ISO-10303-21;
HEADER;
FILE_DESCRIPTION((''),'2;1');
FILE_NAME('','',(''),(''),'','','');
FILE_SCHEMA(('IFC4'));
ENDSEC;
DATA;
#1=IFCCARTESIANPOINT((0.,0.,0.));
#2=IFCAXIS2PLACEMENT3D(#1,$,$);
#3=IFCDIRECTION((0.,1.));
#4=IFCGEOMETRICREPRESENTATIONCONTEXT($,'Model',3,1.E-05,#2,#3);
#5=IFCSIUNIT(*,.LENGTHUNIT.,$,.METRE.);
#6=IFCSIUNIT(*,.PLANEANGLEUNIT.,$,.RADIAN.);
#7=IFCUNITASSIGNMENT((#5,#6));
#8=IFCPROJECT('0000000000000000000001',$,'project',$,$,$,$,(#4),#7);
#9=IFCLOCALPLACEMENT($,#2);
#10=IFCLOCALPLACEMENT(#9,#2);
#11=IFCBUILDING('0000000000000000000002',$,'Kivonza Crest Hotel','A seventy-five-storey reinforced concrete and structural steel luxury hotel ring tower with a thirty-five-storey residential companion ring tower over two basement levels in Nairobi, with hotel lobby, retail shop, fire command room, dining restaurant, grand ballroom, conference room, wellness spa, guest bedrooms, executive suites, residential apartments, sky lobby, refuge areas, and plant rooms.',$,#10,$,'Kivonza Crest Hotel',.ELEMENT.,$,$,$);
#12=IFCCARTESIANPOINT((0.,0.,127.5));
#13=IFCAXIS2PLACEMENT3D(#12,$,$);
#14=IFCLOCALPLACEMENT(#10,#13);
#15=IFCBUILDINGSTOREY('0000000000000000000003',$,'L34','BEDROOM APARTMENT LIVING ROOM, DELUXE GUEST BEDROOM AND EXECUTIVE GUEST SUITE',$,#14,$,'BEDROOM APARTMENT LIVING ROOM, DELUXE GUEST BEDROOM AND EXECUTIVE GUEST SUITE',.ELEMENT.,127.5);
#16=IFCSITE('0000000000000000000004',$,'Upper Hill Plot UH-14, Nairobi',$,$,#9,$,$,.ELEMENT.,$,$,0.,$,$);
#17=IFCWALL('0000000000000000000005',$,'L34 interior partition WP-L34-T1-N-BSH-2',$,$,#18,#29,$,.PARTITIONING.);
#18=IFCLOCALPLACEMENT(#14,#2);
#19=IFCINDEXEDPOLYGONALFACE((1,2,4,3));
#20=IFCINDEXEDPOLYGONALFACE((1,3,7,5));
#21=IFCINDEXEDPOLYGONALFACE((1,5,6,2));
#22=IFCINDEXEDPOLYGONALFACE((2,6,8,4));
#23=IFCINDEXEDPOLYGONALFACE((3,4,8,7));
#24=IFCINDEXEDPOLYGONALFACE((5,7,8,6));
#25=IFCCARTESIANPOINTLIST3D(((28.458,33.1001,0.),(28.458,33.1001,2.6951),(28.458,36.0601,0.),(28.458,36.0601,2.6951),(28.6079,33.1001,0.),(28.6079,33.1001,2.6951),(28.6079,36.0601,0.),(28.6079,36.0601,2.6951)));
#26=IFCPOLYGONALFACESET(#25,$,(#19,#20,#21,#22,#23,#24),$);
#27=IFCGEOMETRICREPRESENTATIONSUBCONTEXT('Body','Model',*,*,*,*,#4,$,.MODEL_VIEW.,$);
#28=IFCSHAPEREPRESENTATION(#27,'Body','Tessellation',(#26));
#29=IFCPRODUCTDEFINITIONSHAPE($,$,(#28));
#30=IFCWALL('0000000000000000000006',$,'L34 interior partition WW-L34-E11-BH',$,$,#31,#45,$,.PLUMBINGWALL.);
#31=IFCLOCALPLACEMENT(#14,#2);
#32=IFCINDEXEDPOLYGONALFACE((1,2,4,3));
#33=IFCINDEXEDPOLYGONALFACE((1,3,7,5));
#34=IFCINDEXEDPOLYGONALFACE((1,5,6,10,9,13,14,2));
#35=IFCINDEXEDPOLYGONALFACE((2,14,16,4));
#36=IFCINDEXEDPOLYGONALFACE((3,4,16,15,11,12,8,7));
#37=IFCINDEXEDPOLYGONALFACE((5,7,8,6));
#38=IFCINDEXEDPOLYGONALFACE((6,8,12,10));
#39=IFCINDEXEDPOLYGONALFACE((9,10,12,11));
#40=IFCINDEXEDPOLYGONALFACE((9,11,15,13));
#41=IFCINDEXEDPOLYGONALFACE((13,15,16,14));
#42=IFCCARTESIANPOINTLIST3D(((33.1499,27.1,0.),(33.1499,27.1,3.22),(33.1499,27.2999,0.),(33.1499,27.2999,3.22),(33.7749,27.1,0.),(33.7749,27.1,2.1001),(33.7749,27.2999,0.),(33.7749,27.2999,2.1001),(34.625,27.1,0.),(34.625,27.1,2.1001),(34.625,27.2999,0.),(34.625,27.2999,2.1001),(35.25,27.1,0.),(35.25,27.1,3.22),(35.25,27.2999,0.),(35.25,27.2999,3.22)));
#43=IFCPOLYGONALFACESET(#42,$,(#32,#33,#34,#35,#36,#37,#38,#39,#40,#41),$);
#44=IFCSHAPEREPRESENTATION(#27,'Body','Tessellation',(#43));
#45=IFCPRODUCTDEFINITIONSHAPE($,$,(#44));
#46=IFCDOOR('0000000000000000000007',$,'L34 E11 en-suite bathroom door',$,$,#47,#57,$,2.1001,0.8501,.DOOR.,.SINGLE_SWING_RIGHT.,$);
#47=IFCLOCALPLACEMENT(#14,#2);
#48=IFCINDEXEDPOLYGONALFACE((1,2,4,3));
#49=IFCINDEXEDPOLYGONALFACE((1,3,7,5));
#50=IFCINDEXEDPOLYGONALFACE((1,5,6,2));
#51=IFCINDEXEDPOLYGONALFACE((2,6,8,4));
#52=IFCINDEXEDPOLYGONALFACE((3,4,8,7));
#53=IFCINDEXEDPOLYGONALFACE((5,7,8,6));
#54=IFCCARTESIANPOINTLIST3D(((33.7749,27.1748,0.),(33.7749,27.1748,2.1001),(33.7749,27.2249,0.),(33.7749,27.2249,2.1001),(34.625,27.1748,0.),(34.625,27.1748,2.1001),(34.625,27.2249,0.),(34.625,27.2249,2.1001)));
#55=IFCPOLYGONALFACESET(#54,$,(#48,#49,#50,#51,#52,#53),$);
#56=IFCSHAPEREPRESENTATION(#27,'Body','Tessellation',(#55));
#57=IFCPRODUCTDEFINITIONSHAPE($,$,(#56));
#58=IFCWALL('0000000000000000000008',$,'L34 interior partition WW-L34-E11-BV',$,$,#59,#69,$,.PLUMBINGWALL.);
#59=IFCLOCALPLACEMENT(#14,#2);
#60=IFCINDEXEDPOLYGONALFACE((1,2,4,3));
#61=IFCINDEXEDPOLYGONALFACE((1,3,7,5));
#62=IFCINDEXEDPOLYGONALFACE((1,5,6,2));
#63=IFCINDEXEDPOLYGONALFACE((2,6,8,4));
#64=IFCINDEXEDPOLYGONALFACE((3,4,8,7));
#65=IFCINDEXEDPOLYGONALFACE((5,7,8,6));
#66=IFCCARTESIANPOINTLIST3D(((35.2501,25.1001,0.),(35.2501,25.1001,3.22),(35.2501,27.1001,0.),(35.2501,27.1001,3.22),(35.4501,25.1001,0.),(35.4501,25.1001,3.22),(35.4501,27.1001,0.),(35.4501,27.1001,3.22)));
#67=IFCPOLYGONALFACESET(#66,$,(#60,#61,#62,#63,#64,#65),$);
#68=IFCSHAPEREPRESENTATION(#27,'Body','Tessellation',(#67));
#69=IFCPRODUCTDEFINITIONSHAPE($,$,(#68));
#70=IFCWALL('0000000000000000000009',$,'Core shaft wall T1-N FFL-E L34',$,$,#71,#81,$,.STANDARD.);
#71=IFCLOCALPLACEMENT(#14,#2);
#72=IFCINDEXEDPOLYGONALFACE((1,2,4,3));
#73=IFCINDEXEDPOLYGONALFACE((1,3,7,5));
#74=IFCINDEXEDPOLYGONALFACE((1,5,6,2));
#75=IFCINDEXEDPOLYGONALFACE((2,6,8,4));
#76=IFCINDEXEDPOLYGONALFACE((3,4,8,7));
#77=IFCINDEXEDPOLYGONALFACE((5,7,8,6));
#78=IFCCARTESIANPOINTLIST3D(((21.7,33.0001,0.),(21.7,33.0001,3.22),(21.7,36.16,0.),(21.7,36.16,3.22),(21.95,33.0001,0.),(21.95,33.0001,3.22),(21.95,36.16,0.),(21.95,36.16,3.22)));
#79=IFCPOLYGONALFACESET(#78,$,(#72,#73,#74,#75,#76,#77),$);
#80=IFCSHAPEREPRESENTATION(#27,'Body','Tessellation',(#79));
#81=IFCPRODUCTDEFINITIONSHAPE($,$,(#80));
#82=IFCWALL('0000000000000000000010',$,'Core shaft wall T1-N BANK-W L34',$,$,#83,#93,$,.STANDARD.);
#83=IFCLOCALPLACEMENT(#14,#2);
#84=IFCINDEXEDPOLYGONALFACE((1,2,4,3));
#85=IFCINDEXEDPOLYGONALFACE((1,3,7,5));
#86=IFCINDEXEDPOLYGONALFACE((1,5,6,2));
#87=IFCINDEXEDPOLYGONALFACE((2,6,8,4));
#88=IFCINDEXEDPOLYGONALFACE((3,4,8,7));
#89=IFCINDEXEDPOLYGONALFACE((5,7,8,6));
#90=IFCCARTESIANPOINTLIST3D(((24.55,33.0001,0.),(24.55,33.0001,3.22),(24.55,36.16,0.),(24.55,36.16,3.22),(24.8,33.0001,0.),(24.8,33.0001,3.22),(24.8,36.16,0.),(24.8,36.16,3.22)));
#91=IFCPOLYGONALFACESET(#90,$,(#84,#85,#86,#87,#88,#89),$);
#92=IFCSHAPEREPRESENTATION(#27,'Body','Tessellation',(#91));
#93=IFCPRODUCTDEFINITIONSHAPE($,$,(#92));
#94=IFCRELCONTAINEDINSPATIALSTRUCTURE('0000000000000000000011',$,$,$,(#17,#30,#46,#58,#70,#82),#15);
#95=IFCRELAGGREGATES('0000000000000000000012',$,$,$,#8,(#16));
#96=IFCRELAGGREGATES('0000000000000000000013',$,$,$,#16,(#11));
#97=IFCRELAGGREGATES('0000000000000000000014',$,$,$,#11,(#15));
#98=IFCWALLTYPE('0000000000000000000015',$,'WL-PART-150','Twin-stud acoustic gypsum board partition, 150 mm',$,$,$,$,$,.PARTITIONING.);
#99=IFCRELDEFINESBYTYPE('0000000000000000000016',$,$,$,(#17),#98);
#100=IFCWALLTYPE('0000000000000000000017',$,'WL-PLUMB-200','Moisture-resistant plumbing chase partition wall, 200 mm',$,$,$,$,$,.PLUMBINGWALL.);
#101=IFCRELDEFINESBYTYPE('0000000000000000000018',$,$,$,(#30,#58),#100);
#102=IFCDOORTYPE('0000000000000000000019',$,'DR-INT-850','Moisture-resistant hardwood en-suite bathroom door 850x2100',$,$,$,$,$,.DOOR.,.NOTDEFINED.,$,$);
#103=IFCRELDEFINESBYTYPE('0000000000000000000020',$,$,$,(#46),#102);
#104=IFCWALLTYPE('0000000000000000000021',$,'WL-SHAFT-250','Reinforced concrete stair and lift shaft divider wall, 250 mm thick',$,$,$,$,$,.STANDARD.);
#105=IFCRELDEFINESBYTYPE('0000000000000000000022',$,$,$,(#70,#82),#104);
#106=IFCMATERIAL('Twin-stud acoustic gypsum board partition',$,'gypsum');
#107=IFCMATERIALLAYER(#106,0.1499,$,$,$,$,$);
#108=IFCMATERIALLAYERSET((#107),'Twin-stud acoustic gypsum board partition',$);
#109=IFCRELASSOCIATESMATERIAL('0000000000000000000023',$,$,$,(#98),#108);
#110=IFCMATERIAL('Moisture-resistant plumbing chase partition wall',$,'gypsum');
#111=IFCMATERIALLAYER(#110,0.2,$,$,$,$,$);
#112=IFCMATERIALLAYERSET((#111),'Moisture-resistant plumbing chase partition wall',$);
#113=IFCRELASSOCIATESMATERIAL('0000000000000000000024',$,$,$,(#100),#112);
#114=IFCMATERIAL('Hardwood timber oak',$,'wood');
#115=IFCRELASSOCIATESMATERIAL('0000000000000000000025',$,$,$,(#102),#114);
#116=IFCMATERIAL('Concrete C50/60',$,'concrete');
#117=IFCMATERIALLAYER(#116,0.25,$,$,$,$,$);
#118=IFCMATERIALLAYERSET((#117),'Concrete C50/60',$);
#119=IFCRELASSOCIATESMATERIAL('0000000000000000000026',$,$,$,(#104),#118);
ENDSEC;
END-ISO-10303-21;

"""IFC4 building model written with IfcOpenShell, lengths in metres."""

from ifc_helpers import new_model, si_unit, direction, frame, frame_2d, origin, place, context, subcontext, project, spatial, rectangle, extrude, material, layer, layer_set, type_object, element, fill, save


model = new_model("IFC4")

# Units and contexts
model_context = context("Model", 3, precision=1e-05, world=origin(), true_north=direction((0.0, 1.0)))
body_context = subcontext(model_context, "Body", "Model", "MODEL_VIEW")
ifc_project = project(units=[si_unit("LENGTHUNIT", "METRE"), si_unit("PLANEANGLEUNIT", "RADIAN")], contexts=[model_context])

# Site, building, storey
site_placement = place(None, origin())
site = spatial("IfcSite", under=ifc_project, at=site_placement, Name="Upper Hill Plot UH-14, Nairobi", CompositionType="ELEMENT", RefElevation=0.0)
building_placement = place(site_placement, origin())
building = spatial("IfcBuilding", under=site, at=building_placement, Name="Kivonza Crest Hotel", Description="A seventy-five-storey reinforced concrete and structural steel luxury hotel ring tower with a thirty-five-storey residential companion ring tower over two basement levels in Nairobi, with hotel lobby, retail shop, fire command room, dining restaurant, grand ballroom, conference room, wellness spa, guest bedrooms, executive suites, residential apartments, sky lobby, refuge areas, and plant rooms.", LongName="Kivonza Crest Hotel", CompositionType="ELEMENT")
storey_placement = place(building_placement, frame((0.0, 0.0, 127.5)))
storey = spatial("IfcBuildingStorey", under=building, at=storey_placement, Name="L34", Description="BEDROOM APARTMENT LIVING ROOM, DELUXE GUEST BEDROOM AND EXECUTIVE GUEST SUITE", LongName="BEDROOM APARTMENT LIVING ROOM, DELUXE GUEST BEDROOM AND EXECUTIVE GUEST SUITE", CompositionType="ELEMENT", Elevation=127.5)

# Shared definitions
ifc_material_1 = material(Name="Concrete C50/60", Category="concrete")

# Shared definitions
ifc_material_2 = material(Name="Hardwood timber oak", Category="wood")

# Wall
ifc_material_3 = material(Name="Twin-stud acoustic gypsum board partition", Category="gypsum")
ifc_layer_1 = layer(ifc_material_3, 0.1499)
ifc_layer_set_1 = layer_set([ifc_layer_1], Name="Twin-stud acoustic gypsum board partition")
wall_type_1 = type_object("IfcWallType", Name="WL-PART-150", Description="Twin-stud acoustic gypsum board partition, 150 mm", PredefinedType="PARTITIONING", material=ifc_layer_set_1)
wall_1_placement = place(storey_placement, frame((28.533, 33.1001, 0.0), z_axis=(0.0, 0.0, 1.0), x_axis=(0.0, 1.0, 0.0)))
element("IfcWall", 1, at=wall_1_placement, inside=storey, type_object=wall_type_1, Name="L34 interior partition WP-L34-T1-N-BSH-2", PredefinedType="PARTITIONING", context=body_context, shape_type="SweptSolid", body=[
    extrude(rectangle(XDim=2.96, YDim=0.1499, at=frame_2d((1.48, 0.0))), origin(), (0.0, 0.0, 1.0), 2.6951),
])

# Wall, opening, door
ifc_material_4 = material(Name="Moisture-resistant plumbing chase partition wall", Category="gypsum")
ifc_layer_2 = layer(ifc_material_4, 0.2)
ifc_layer_set_2 = layer_set([ifc_layer_2], Name="Moisture-resistant plumbing chase partition wall")
wall_type_2 = type_object("IfcWallType", Name="WL-PLUMB-200", Description="Moisture-resistant plumbing chase partition wall, 200 mm", PredefinedType="PLUMBINGWALL", material=ifc_layer_set_2)
wall_2_placement = place(storey_placement, frame((33.1499, 27.2, 0.0), z_axis=(0.0, 0.0, 1.0), x_axis=(1.0, 0.0, 0.0)))
wall_2 = element("IfcWall", 2, at=wall_2_placement, inside=storey, type_object=wall_type_2, Name="L34 interior partition WW-L34-E11-BH", PredefinedType="PLUMBINGWALL", context=body_context, shape_type="SweptSolid", body=[
    extrude(rectangle(XDim=2.1001, YDim=0.2, at=frame_2d((1.05, 0.0))), origin(), (0.0, 0.0, 1.0), 3.22),
])
opening_1_placement = place(wall_2_placement, frame((0.625, 0.0, 0.0)))
opening_1 = element("IfcOpeningElement", 3, at=opening_1_placement, cuts=wall_2, PredefinedType="OPENING", context=body_context, shape_type="SweptSolid", body=[
    extrude(rectangle(XDim=0.8501, YDim=2.1001, at=frame_2d((0.425, 1.05))), frame((0.0, 0.1099, 0.0), z_axis=(0.0, -1.0, 0.0), x_axis=(1.0, 0.0, 0.0)), (0.0, 0.0, 1.0), 0.22),
])
door_type_1 = type_object("IfcDoorType", Name="DR-INT-850", Description="Moisture-resistant hardwood en-suite bathroom door 850x2100", OperationType="NOTDEFINED", PredefinedType="DOOR", material=ifc_material_2)
door_1_placement = place(opening_1_placement, origin())
door_1 = element("IfcDoor", 4, at=door_1_placement, inside=storey, type_object=door_type_1, Name="L34 E11 en-suite bathroom door", OperationType="SINGLE_SWING_RIGHT", OverallHeight=2.1001, OverallWidth=0.8501, PredefinedType="DOOR", context=body_context, shape_type="SweptSolid", body=[
    extrude(rectangle(XDim=0.8501, YDim=2.1001, at=frame_2d((0.425, 1.05))), frame((0.0, 0.0249, 0.0), z_axis=(0.0, -1.0, 0.0), x_axis=(1.0, 0.0, 0.0)), (0.0, 0.0, 1.0), 0.05),
])
fill(opening_1, door_1)

# Wall
wall_3_placement = place(storey_placement, frame((35.3501, 25.1001, 0.0), z_axis=(0.0, 0.0, 1.0), x_axis=(0.0, 1.0, 0.0)))
element("IfcWall", 5, at=wall_3_placement, inside=storey, type_object=wall_type_2, Name="L34 interior partition WW-L34-E11-BV", PredefinedType="PLUMBINGWALL", context=body_context, shape_type="SweptSolid", body=[
    extrude(rectangle(XDim=2.0, YDim=0.2, at=frame_2d((1.0, 0.0))), origin(), (0.0, 0.0, 1.0), 3.22),
])

# Shared definitions
ifc_layer_3 = layer(ifc_material_1, 0.25)
ifc_layer_set_3 = layer_set([ifc_layer_3], Name="Concrete C50/60")
wall_type_3 = type_object("IfcWallType", Name="WL-SHAFT-250", Description="Reinforced concrete stair and lift shaft divider wall, 250 mm thick", PredefinedType="STANDARD", material=ifc_layer_set_3)

# Walls
for number, where, z_axis, x_axis, name in (
    (6, (21.825, 33.0, 0.0), (0.0, 0.0, 1.0), (0.0, 1.0, 0.0), "Core shaft wall T1-N FFL-E L34"),
    (7, (24.675, 33.0, 0.0), (0.0, 0.0, 1.0), (0.0, 1.0, 0.0), "Core shaft wall T1-N BANK-W L34"),
):
    element("IfcWall", number, at=place(storey_placement, frame(where, z_axis=z_axis, x_axis=x_axis)), inside=storey, type_object=wall_type_3, Name=name, PredefinedType="STANDARD", context=body_context, shape_type="SweptSolid", body=[
        extrude(rectangle(XDim=3.1599, YDim=0.25, at=frame_2d((1.5801, 0.0))), origin(), (0.0, 0.0, 1.0), 3.22),
    ])

save(model, "model.ifc")
